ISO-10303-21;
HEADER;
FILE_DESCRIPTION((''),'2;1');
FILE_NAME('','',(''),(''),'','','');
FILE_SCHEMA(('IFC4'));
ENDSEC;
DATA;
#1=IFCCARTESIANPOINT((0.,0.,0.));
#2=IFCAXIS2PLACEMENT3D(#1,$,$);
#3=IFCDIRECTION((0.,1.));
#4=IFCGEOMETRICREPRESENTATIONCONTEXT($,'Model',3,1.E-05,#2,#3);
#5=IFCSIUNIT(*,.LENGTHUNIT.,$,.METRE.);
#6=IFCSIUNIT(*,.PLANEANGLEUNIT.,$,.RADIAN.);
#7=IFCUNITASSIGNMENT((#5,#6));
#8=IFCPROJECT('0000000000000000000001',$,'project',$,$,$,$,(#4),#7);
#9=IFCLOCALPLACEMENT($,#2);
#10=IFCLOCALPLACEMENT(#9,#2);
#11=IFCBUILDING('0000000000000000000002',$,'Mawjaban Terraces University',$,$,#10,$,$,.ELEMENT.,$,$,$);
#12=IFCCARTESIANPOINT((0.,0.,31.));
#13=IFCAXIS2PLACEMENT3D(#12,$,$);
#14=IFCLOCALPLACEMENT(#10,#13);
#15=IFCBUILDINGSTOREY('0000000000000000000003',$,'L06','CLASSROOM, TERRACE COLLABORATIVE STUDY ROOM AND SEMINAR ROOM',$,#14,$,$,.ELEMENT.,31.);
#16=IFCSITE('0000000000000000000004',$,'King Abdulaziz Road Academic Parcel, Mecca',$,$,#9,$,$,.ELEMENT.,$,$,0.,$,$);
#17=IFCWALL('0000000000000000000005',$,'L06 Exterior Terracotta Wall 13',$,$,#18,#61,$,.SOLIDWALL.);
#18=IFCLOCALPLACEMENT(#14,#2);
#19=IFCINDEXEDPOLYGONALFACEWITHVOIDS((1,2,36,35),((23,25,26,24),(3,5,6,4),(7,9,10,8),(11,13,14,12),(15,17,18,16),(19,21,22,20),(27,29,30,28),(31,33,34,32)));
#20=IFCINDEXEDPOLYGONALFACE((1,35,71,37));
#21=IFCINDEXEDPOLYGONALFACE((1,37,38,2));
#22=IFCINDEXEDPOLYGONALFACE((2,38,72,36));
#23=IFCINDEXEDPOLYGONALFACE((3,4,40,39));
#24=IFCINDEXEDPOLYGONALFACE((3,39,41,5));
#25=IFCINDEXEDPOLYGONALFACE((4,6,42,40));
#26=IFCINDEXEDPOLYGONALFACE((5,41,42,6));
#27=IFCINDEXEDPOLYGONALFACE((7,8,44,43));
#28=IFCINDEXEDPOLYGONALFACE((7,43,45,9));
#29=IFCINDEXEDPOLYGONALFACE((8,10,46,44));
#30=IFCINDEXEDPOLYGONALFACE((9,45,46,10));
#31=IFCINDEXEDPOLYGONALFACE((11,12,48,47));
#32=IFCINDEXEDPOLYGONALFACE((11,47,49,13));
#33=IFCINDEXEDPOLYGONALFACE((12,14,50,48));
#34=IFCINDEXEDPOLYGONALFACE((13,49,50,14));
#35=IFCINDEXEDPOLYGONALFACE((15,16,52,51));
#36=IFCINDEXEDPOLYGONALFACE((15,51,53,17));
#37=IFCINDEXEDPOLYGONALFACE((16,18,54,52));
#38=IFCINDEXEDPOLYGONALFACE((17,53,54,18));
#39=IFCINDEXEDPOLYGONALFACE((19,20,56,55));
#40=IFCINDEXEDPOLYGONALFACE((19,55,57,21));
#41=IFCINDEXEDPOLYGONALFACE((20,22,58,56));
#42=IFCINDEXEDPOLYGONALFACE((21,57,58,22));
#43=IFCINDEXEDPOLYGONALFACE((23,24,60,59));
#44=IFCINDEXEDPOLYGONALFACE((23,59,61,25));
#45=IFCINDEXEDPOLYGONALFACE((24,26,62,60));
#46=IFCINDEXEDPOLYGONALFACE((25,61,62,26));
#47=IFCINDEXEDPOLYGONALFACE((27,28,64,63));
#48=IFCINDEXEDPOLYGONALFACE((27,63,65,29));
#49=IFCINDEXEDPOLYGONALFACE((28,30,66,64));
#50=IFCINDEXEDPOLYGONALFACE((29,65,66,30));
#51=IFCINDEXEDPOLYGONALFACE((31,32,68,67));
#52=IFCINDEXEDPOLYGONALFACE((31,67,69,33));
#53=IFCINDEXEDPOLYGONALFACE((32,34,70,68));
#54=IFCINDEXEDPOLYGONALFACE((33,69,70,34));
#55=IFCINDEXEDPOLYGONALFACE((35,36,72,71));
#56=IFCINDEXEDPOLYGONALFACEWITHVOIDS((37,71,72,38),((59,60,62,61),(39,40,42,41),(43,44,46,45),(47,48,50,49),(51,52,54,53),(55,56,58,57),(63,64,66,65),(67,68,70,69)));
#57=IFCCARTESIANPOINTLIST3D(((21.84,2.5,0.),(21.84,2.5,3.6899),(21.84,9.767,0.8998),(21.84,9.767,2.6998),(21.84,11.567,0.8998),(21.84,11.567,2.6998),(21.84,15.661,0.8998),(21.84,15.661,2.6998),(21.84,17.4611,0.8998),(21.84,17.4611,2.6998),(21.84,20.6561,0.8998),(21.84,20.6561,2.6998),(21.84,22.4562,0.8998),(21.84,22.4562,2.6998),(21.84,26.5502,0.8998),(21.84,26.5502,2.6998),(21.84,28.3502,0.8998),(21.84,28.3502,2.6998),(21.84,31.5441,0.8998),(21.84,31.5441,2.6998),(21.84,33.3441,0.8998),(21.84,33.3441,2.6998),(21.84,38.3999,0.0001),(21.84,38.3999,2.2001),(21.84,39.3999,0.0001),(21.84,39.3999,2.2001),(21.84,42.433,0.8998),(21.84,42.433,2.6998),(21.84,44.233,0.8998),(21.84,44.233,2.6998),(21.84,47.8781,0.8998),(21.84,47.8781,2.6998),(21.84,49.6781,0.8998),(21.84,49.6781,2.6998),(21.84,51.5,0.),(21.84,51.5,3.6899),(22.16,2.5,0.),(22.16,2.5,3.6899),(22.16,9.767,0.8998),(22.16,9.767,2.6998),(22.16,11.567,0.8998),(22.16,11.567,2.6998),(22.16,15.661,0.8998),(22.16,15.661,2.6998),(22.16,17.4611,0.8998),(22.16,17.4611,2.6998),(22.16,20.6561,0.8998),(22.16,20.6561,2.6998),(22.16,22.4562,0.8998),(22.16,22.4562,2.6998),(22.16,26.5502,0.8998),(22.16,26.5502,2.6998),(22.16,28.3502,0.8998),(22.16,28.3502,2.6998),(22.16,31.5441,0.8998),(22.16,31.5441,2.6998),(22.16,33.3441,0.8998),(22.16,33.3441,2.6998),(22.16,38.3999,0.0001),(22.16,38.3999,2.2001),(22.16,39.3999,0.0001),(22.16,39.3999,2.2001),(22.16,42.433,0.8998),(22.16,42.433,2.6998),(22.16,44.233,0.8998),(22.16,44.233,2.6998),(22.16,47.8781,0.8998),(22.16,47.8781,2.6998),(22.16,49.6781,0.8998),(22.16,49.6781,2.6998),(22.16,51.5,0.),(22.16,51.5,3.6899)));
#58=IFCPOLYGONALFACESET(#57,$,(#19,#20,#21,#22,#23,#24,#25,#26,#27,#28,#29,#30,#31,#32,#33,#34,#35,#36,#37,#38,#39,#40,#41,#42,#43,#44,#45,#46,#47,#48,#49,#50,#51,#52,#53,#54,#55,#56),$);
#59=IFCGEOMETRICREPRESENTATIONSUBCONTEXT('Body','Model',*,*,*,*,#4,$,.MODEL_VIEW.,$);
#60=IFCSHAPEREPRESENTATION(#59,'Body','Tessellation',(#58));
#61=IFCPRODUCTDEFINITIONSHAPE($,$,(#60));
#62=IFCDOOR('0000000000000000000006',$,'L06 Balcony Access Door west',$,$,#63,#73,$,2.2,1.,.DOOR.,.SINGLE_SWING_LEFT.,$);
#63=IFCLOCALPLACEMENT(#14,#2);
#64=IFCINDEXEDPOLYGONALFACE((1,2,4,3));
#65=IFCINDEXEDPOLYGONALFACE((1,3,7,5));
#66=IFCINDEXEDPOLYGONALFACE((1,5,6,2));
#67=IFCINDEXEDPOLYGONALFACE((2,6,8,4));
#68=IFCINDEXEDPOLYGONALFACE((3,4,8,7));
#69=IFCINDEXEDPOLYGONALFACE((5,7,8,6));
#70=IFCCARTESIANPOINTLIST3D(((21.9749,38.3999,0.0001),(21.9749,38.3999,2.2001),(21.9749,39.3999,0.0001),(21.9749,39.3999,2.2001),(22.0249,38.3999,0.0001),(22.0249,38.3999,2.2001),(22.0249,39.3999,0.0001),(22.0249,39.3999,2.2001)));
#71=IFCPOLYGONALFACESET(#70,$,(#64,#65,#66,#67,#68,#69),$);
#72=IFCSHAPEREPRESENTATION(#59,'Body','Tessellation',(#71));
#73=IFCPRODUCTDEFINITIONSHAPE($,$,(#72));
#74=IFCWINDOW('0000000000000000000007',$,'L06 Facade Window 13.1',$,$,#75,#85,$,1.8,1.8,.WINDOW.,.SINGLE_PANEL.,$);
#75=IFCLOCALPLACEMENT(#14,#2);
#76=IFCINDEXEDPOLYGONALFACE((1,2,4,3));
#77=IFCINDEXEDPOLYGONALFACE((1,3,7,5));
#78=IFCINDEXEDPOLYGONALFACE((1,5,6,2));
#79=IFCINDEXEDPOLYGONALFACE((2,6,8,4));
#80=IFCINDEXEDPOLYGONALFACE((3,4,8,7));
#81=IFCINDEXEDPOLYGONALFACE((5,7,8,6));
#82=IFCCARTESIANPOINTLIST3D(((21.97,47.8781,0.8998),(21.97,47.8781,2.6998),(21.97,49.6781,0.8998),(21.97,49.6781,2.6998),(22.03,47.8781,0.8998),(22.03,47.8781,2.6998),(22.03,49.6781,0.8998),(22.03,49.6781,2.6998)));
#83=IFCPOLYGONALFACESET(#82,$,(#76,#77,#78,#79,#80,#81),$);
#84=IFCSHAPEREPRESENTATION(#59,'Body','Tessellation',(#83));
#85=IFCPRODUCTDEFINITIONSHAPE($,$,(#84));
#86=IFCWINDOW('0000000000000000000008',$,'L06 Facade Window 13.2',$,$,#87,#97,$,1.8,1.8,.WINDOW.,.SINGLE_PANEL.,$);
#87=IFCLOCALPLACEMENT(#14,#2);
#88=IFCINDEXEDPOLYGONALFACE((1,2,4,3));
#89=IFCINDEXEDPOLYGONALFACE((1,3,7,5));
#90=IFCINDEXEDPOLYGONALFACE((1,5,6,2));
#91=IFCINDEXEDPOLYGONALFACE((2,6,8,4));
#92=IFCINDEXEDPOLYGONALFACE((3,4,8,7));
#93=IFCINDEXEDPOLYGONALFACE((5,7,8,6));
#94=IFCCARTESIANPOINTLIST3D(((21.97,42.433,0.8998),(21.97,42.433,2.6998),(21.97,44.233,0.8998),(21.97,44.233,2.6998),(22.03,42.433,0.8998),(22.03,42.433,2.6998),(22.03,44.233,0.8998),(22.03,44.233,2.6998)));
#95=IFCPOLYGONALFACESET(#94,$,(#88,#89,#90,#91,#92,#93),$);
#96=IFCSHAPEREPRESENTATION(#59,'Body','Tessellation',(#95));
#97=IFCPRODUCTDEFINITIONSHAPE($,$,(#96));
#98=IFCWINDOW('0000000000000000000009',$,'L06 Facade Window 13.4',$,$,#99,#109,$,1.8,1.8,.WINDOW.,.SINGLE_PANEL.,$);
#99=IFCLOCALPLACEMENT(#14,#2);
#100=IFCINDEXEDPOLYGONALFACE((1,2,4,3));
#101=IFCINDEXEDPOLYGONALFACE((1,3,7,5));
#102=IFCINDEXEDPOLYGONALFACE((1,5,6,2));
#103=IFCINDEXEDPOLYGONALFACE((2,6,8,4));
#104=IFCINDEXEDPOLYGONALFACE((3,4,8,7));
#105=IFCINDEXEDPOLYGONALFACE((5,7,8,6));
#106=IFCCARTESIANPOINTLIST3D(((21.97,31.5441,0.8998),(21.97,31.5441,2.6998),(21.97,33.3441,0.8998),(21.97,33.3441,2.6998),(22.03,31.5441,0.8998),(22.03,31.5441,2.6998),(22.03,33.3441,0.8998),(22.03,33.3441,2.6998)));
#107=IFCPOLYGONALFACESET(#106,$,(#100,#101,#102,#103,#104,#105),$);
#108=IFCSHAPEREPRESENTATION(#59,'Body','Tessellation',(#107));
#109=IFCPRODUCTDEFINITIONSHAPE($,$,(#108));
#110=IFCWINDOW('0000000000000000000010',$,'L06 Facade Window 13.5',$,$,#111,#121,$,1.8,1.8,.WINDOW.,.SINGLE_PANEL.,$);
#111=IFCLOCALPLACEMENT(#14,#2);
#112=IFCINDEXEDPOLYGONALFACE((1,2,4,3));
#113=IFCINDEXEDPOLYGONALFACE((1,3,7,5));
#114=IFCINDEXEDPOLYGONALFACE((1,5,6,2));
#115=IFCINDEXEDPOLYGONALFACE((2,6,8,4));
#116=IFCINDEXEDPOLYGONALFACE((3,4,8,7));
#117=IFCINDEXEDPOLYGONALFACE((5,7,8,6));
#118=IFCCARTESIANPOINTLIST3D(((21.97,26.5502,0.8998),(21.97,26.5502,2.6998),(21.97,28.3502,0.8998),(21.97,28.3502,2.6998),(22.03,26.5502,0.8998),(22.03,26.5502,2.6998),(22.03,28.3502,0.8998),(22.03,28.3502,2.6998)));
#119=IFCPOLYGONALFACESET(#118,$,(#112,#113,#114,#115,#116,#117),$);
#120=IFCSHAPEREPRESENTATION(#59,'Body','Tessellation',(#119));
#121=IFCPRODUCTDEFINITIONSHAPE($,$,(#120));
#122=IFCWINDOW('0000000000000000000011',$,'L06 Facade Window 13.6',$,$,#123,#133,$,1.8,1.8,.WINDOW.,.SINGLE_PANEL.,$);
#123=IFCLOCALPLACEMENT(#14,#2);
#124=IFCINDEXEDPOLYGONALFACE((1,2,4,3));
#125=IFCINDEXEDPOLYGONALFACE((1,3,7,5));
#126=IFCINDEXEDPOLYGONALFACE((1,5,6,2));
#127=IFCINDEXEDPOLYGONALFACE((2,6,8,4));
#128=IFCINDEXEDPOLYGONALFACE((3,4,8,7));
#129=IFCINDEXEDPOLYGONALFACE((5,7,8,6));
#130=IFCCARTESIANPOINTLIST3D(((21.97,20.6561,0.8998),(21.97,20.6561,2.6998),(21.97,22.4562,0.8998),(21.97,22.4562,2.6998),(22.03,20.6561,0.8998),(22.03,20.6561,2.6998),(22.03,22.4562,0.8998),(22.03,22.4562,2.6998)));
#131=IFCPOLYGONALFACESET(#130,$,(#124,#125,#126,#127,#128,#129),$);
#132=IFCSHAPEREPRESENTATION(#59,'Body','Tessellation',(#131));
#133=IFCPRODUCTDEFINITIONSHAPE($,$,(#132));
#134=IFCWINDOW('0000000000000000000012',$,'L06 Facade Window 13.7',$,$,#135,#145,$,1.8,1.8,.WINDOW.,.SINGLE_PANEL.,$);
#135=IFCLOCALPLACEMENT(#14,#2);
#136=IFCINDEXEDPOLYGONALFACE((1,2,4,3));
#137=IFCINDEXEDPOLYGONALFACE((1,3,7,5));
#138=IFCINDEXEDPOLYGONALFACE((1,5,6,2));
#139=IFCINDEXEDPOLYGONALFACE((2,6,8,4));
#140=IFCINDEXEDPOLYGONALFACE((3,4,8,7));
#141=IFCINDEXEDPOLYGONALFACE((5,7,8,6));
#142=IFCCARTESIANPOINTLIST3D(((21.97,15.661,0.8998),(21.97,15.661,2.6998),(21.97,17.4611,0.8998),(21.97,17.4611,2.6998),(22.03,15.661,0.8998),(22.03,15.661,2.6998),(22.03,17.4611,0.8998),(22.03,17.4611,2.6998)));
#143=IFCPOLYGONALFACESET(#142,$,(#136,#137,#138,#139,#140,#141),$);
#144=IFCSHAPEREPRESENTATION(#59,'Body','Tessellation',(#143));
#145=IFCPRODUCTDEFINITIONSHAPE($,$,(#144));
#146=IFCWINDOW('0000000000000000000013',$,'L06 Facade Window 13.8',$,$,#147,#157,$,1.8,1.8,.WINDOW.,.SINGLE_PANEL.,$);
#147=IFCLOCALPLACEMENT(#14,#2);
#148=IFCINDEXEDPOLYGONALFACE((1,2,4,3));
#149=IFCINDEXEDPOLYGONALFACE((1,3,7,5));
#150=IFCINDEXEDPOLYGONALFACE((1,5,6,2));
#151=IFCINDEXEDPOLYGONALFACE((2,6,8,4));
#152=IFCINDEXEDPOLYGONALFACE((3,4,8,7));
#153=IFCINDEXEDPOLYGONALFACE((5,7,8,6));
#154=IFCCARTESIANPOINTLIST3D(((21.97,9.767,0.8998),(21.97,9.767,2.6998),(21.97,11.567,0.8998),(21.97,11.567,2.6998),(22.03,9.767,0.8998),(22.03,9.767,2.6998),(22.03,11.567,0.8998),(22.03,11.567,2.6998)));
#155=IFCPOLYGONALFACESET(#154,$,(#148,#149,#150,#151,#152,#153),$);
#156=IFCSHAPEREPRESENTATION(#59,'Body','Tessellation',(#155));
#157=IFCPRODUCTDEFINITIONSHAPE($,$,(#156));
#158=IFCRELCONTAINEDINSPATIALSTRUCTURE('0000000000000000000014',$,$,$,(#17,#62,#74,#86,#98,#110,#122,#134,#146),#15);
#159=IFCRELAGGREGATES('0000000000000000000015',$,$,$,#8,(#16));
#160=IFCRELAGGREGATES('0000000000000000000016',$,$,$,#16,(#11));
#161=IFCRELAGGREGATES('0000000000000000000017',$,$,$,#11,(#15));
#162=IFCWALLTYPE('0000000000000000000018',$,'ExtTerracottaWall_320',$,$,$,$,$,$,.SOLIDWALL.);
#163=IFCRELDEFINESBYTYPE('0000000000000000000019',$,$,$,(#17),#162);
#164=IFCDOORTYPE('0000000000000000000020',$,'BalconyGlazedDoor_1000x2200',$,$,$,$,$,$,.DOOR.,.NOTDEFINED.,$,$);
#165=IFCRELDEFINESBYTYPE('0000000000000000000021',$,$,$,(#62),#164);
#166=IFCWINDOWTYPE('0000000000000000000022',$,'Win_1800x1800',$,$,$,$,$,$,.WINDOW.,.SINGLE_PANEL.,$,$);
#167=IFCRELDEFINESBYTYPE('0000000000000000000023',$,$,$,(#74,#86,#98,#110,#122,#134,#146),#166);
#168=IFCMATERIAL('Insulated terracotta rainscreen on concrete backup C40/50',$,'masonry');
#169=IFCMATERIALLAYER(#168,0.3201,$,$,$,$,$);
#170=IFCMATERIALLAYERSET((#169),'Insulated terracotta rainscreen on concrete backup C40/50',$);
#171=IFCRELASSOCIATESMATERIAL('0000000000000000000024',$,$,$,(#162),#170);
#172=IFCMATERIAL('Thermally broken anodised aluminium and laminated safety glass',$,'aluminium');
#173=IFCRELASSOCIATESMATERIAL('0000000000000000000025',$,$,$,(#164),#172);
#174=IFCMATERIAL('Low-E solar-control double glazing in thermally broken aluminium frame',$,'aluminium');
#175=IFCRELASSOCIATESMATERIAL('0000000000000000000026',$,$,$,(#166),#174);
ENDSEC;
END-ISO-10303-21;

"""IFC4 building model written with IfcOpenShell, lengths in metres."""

from ifc_helpers import new_model, si_unit, direction, frame, frame_2d, origin, place, context, subcontext, project, spatial, rectangle, extrude, material, layer, layer_set, type_object, element, fill, save


model = new_model("IFC4")

# Units and contexts
model_context = context("Model", 3, precision=1e-05, world=origin(), true_north=direction((0.0, 1.0)))
body_context = subcontext(model_context, "Body", "Model", "MODEL_VIEW")
ifc_project = project(units=[si_unit("LENGTHUNIT", "METRE"), si_unit("PLANEANGLEUNIT", "RADIAN")], contexts=[model_context])

# Site, building, storey
site_placement = place(None, origin())
site = spatial("IfcSite", under=ifc_project, at=site_placement, Name="King Abdulaziz Road Academic Parcel, Mecca", CompositionType="ELEMENT", RefElevation=0.0)
building_placement = place(site_placement, origin())
building = spatial("IfcBuilding", under=site, at=building_placement, Name="Mawjaban Terraces University", CompositionType="ELEMENT")
storey_placement = place(building_placement, frame((0.0, 0.0, 31.0)))
storey = spatial("IfcBuildingStorey", under=building, at=storey_placement, Name="L06", Description="CLASSROOM, TERRACE COLLABORATIVE STUDY ROOM AND SEMINAR ROOM", CompositionType="ELEMENT", Elevation=31.0)

# Shared definitions
ifc_material_1 = material(Name="Insulated terracotta rainscreen on concrete backup C40/50", Category="masonry")
ifc_layer_1 = layer(ifc_material_1, 0.3201)
ifc_layer_set_1 = layer_set([ifc_layer_1], Name="Insulated terracotta rainscreen on concrete backup C40/50")
wall_type_1 = type_object("IfcWallType", Name="ExtTerracottaWall_320", PredefinedType="SOLIDWALL", material=ifc_layer_set_1)

# Wall, openings, door, windows
wall_1_placement = place(storey_placement, frame((22.0, 51.5, 0.0), z_axis=(0.0, 0.0, 1.0), x_axis=(0.0, -1.0, 0.0)))
wall_1 = element("IfcWall", 1, at=wall_1_placement, inside=storey, type_object=wall_type_1, Name="L06 Exterior Terracotta Wall 13", PredefinedType="SOLIDWALL", context=body_context, shape_type="SweptSolid", body=[
    extrude(rectangle(XDim=49.0, YDim=0.3201, at=frame_2d((24.5, 0.0))), origin(), (0.0, 0.0, 1.0), 3.6899),
])
opening_1_placement = place(wall_1_placement, frame((12.1001, 0.0, 0.0)))
opening_1 = element("IfcOpeningElement", 2, at=opening_1_placement, cuts=wall_1, PredefinedType="OPENING", context=body_context, shape_type="SweptSolid", body=[
    extrude(rectangle(XDim=1.0, YDim=2.2, at=frame_2d((0.5, 1.1001))), frame((0.0, 0.1699, 0.0), z_axis=(0.0, -1.0, 0.0), x_axis=(1.0, 0.0, 0.0)), (0.0, 0.0, 1.0), 0.3401),
])
opening_2_placement = place(wall_1_placement, frame((1.822, 0.0, 0.8999)))
opening_2 = element("IfcOpeningElement", 3, at=opening_2_placement, cuts=wall_1, PredefinedType="OPENING", context=body_context, shape_type="SweptSolid", body=[
    extrude(rectangle(XDim=1.8, YDim=1.8, at=frame_2d((0.8999, 0.8999))), frame((0.0, 0.1699, 0.0), z_axis=(0.0, -1.0, 0.0), x_axis=(1.0, 0.0, 0.0)), (0.0, 0.0, 1.0), 0.3401),
])
opening_3_placement = place(wall_1_placement, frame((7.2671, 0.0, 0.8999)))
opening_3 = element("IfcOpeningElement", 4, at=opening_3_placement, cuts=wall_1, PredefinedType="OPENING", context=body_context, shape_type="SweptSolid", body=[
    extrude(rectangle(XDim=1.8, YDim=1.8, at=frame_2d((0.8999, 0.8999))), frame((0.0, 0.1699, 0.0), z_axis=(0.0, -1.0, 0.0), x_axis=(1.0, 0.0, 0.0)), (0.0, 0.0, 1.0), 0.3401),
])
opening_4_placement = place(wall_1_placement, frame((18.156, 0.0, 0.8999)))
opening_4 = element("IfcOpeningElement", 5, at=opening_4_placement, cuts=wall_1, PredefinedType="OPENING", context=body_context, shape_type="SweptSolid", body=[
    extrude(rectangle(XDim=1.8, YDim=1.8, at=frame_2d((0.8999, 0.8999))), frame((0.0, 0.1699, 0.0), z_axis=(0.0, -1.0, 0.0), x_axis=(1.0, 0.0, 0.0)), (0.0, 0.0, 1.0), 0.3401),
])
opening_5_placement = place(wall_1_placement, frame((23.1499, 0.0, 0.8999)))
opening_5 = element("IfcOpeningElement", 6, at=opening_5_placement, cuts=wall_1, PredefinedType="OPENING", context=body_context, shape_type="SweptSolid", body=[
    extrude(rectangle(XDim=1.8, YDim=1.8, at=frame_2d((0.8999, 0.8999))), frame((0.0, 0.1699, 0.0), z_axis=(0.0, -1.0, 0.0), x_axis=(1.0, 0.0, 0.0)), (0.0, 0.0, 1.0), 0.3401),
])
opening_6_placement = place(wall_1_placement, frame((29.0439, 0.0, 0.8999)))
opening_6 = element("IfcOpeningElement", 7, at=opening_6_placement, cuts=wall_1, PredefinedType="OPENING", context=body_context, shape_type="SweptSolid", body=[
    extrude(rectangle(XDim=1.8, YDim=1.8, at=frame_2d((0.8999, 0.8999))), frame((0.0, 0.1699, 0.0), z_axis=(0.0, -1.0, 0.0), x_axis=(1.0, 0.0, 0.0)), (0.0, 0.0, 1.0), 0.3401),
])
opening_7_placement = place(wall_1_placement, frame((34.0391, 0.0, 0.8999)))
opening_7 = element("IfcOpeningElement", 8, at=opening_7_placement, cuts=wall_1, PredefinedType="OPENING", context=body_context, shape_type="SweptSolid", body=[
    extrude(rectangle(XDim=1.8, YDim=1.8, at=frame_2d((0.8999, 0.8999))), frame((0.0, 0.1699, 0.0), z_axis=(0.0, -1.0, 0.0), x_axis=(1.0, 0.0, 0.0)), (0.0, 0.0, 1.0), 0.3401),
])
opening_8_placement = place(wall_1_placement, frame((39.9331, 0.0, 0.8999)))
opening_8 = element("IfcOpeningElement", 9, at=opening_8_placement, cuts=wall_1, PredefinedType="OPENING", context=body_context, shape_type="SweptSolid", body=[
    extrude(rectangle(XDim=1.8, YDim=1.8, at=frame_2d((0.8999, 0.8999))), frame((0.0, 0.1699, 0.0), z_axis=(0.0, -1.0, 0.0), x_axis=(1.0, 0.0, 0.0)), (0.0, 0.0, 1.0), 0.3401),
])
ifc_material_2 = material(Name="Thermally broken anodised aluminium and laminated safety glass", Category="aluminium")
door_type_1 = type_object("IfcDoorType", Name="BalconyGlazedDoor_1000x2200", OperationType="NOTDEFINED", PredefinedType="DOOR", material=ifc_material_2)
door_1_placement = place(opening_1_placement, origin())
door_1 = element("IfcDoor", 10, at=door_1_placement, inside=storey, type_object=door_type_1, Name="L06 Balcony Access Door west", OperationType="SINGLE_SWING_LEFT", OverallHeight=2.2, OverallWidth=1.0, PredefinedType="DOOR", context=body_context, shape_type="SweptSolid", body=[
    extrude(rectangle(XDim=1.0, YDim=2.2, at=frame_2d((0.5, 1.1001))), frame((0.0, 0.0249, 0.0), z_axis=(0.0, -1.0, 0.0), x_axis=(1.0, 0.0, 0.0)), (0.0, 0.0, 1.0), 0.05),
])
fill(opening_1, door_1)
ifc_material_3 = material(Name="Low-E solar-control double glazing in thermally broken aluminium frame", Category="aluminium")
window_type = type_object("IfcWindowType", Name="Win_1800x1800", PartitioningType="SINGLE_PANEL", PredefinedType="WINDOW", material=ifc_material_3)
window_1_placement = place(opening_2_placement, origin())
window_1 = element("IfcWindow", 11, at=window_1_placement, inside=storey, type_object=window_type, Name="L06 Facade Window 13.1", OverallHeight=1.8, OverallWidth=1.8, PartitioningType="SINGLE_PANEL", PredefinedType="WINDOW", context=body_context, shape_type="SweptSolid", body=[
    extrude(rectangle(XDim=1.8, YDim=1.8, at=frame_2d((0.8999, 0.8999))), frame((0.0, 0.03, 0.0), z_axis=(0.0, -1.0, 0.0), x_axis=(1.0, 0.0, 0.0)), (0.0, 0.0, 1.0), 0.0601),
])
fill(opening_2, window_1)
window_2_placement = place(opening_3_placement, origin())
window_2 = element("IfcWindow", 12, at=window_2_placement, inside=storey, type_object=window_type, Name="L06 Facade Window 13.2", OverallHeight=1.8, OverallWidth=1.8, PartitioningType="SINGLE_PANEL", PredefinedType="WINDOW", context=body_context, shape_type="SweptSolid", body=[
    extrude(rectangle(XDim=1.8, YDim=1.8, at=frame_2d((0.8999, 0.8999))), frame((0.0, 0.03, 0.0), z_axis=(0.0, -1.0, 0.0), x_axis=(1.0, 0.0, 0.0)), (0.0, 0.0, 1.0), 0.0601),
])
fill(opening_3, window_2)
window_3_placement = place(opening_4_placement, origin())
window_3 = element("IfcWindow", 13, at=window_3_placement, inside=storey, type_object=window_type, Name="L06 Facade Window 13.4", OverallHeight=1.8, OverallWidth=1.8, PartitioningType="SINGLE_PANEL", PredefinedType="WINDOW", context=body_context, shape_type="SweptSolid", body=[
    extrude(rectangle(XDim=1.8, YDim=1.8, at=frame_2d((0.8999, 0.8999))), frame((0.0, 0.03, 0.0), z_axis=(0.0, -1.0, 0.0), x_axis=(1.0, 0.0, 0.0)), (0.0, 0.0, 1.0), 0.0601),
])
fill(opening_4, window_3)
window_4_placement = place(opening_5_placement, origin())
window_4 = element("IfcWindow", 14, at=window_4_placement, inside=storey, type_object=window_type, Name="L06 Facade Window 13.5", OverallHeight=1.8, OverallWidth=1.8, PartitioningType="SINGLE_PANEL", PredefinedType="WINDOW", context=body_context, shape_type="SweptSolid", body=[
    extrude(rectangle(XDim=1.8, YDim=1.8, at=frame_2d((0.8999, 0.8999))), frame((0.0, 0.03, 0.0), z_axis=(0.0, -1.0, 0.0), x_axis=(1.0, 0.0, 0.0)), (0.0, 0.0, 1.0), 0.0601),
])
fill(opening_5, window_4)
window_5_placement = place(opening_6_placement, origin())
window_5 = element("IfcWindow", 15, at=window_5_placement, inside=storey, type_object=window_type, Name="L06 Facade Window 13.6", OverallHeight=1.8, OverallWidth=1.8, PartitioningType="SINGLE_PANEL", PredefinedType="WINDOW", context=body_context, shape_type="SweptSolid", body=[
    extrude(rectangle(XDim=1.8, YDim=1.8, at=frame_2d((0.8999, 0.8999))), frame((0.0, 0.03, 0.0), z_axis=(0.0, -1.0, 0.0), x_axis=(1.0, 0.0, 0.0)), (0.0, 0.0, 1.0), 0.0601),
])
fill(opening_6, window_5)
window_6_placement = place(opening_7_placement, origin())
window_6 = element("IfcWindow", 16, at=window_6_placement, inside=storey, type_object=window_type, Name="L06 Facade Window 13.7", OverallHeight=1.8, OverallWidth=1.8, PartitioningType="SINGLE_PANEL", PredefinedType="WINDOW", context=body_context, shape_type="SweptSolid", body=[
    extrude(rectangle(XDim=1.8, YDim=1.8, at=frame_2d((0.8999, 0.8999))), frame((0.0, 0.03, 0.0), z_axis=(0.0, -1.0, 0.0), x_axis=(1.0, 0.0, 0.0)), (0.0, 0.0, 1.0), 0.0601),
])
fill(opening_7, window_6)
window_7_placement = place(opening_8_placement, origin())
window_7 = element("IfcWindow", 17, at=window_7_placement, inside=storey, type_object=window_type, Name="L06 Facade Window 13.8", OverallHeight=1.8, OverallWidth=1.8, PartitioningType="SINGLE_PANEL", PredefinedType="WINDOW", context=body_context, shape_type="SweptSolid", body=[
    extrude(rectangle(XDim=1.8, YDim=1.8, at=frame_2d((0.8999, 0.8999))), frame((0.0, 0.03, 0.0), z_axis=(0.0, -1.0, 0.0), x_axis=(1.0, 0.0, 0.0)), (0.0, 0.0, 1.0), 0.0601),
])
fill(opening_8, window_7)

save(model, "model.ifc")
